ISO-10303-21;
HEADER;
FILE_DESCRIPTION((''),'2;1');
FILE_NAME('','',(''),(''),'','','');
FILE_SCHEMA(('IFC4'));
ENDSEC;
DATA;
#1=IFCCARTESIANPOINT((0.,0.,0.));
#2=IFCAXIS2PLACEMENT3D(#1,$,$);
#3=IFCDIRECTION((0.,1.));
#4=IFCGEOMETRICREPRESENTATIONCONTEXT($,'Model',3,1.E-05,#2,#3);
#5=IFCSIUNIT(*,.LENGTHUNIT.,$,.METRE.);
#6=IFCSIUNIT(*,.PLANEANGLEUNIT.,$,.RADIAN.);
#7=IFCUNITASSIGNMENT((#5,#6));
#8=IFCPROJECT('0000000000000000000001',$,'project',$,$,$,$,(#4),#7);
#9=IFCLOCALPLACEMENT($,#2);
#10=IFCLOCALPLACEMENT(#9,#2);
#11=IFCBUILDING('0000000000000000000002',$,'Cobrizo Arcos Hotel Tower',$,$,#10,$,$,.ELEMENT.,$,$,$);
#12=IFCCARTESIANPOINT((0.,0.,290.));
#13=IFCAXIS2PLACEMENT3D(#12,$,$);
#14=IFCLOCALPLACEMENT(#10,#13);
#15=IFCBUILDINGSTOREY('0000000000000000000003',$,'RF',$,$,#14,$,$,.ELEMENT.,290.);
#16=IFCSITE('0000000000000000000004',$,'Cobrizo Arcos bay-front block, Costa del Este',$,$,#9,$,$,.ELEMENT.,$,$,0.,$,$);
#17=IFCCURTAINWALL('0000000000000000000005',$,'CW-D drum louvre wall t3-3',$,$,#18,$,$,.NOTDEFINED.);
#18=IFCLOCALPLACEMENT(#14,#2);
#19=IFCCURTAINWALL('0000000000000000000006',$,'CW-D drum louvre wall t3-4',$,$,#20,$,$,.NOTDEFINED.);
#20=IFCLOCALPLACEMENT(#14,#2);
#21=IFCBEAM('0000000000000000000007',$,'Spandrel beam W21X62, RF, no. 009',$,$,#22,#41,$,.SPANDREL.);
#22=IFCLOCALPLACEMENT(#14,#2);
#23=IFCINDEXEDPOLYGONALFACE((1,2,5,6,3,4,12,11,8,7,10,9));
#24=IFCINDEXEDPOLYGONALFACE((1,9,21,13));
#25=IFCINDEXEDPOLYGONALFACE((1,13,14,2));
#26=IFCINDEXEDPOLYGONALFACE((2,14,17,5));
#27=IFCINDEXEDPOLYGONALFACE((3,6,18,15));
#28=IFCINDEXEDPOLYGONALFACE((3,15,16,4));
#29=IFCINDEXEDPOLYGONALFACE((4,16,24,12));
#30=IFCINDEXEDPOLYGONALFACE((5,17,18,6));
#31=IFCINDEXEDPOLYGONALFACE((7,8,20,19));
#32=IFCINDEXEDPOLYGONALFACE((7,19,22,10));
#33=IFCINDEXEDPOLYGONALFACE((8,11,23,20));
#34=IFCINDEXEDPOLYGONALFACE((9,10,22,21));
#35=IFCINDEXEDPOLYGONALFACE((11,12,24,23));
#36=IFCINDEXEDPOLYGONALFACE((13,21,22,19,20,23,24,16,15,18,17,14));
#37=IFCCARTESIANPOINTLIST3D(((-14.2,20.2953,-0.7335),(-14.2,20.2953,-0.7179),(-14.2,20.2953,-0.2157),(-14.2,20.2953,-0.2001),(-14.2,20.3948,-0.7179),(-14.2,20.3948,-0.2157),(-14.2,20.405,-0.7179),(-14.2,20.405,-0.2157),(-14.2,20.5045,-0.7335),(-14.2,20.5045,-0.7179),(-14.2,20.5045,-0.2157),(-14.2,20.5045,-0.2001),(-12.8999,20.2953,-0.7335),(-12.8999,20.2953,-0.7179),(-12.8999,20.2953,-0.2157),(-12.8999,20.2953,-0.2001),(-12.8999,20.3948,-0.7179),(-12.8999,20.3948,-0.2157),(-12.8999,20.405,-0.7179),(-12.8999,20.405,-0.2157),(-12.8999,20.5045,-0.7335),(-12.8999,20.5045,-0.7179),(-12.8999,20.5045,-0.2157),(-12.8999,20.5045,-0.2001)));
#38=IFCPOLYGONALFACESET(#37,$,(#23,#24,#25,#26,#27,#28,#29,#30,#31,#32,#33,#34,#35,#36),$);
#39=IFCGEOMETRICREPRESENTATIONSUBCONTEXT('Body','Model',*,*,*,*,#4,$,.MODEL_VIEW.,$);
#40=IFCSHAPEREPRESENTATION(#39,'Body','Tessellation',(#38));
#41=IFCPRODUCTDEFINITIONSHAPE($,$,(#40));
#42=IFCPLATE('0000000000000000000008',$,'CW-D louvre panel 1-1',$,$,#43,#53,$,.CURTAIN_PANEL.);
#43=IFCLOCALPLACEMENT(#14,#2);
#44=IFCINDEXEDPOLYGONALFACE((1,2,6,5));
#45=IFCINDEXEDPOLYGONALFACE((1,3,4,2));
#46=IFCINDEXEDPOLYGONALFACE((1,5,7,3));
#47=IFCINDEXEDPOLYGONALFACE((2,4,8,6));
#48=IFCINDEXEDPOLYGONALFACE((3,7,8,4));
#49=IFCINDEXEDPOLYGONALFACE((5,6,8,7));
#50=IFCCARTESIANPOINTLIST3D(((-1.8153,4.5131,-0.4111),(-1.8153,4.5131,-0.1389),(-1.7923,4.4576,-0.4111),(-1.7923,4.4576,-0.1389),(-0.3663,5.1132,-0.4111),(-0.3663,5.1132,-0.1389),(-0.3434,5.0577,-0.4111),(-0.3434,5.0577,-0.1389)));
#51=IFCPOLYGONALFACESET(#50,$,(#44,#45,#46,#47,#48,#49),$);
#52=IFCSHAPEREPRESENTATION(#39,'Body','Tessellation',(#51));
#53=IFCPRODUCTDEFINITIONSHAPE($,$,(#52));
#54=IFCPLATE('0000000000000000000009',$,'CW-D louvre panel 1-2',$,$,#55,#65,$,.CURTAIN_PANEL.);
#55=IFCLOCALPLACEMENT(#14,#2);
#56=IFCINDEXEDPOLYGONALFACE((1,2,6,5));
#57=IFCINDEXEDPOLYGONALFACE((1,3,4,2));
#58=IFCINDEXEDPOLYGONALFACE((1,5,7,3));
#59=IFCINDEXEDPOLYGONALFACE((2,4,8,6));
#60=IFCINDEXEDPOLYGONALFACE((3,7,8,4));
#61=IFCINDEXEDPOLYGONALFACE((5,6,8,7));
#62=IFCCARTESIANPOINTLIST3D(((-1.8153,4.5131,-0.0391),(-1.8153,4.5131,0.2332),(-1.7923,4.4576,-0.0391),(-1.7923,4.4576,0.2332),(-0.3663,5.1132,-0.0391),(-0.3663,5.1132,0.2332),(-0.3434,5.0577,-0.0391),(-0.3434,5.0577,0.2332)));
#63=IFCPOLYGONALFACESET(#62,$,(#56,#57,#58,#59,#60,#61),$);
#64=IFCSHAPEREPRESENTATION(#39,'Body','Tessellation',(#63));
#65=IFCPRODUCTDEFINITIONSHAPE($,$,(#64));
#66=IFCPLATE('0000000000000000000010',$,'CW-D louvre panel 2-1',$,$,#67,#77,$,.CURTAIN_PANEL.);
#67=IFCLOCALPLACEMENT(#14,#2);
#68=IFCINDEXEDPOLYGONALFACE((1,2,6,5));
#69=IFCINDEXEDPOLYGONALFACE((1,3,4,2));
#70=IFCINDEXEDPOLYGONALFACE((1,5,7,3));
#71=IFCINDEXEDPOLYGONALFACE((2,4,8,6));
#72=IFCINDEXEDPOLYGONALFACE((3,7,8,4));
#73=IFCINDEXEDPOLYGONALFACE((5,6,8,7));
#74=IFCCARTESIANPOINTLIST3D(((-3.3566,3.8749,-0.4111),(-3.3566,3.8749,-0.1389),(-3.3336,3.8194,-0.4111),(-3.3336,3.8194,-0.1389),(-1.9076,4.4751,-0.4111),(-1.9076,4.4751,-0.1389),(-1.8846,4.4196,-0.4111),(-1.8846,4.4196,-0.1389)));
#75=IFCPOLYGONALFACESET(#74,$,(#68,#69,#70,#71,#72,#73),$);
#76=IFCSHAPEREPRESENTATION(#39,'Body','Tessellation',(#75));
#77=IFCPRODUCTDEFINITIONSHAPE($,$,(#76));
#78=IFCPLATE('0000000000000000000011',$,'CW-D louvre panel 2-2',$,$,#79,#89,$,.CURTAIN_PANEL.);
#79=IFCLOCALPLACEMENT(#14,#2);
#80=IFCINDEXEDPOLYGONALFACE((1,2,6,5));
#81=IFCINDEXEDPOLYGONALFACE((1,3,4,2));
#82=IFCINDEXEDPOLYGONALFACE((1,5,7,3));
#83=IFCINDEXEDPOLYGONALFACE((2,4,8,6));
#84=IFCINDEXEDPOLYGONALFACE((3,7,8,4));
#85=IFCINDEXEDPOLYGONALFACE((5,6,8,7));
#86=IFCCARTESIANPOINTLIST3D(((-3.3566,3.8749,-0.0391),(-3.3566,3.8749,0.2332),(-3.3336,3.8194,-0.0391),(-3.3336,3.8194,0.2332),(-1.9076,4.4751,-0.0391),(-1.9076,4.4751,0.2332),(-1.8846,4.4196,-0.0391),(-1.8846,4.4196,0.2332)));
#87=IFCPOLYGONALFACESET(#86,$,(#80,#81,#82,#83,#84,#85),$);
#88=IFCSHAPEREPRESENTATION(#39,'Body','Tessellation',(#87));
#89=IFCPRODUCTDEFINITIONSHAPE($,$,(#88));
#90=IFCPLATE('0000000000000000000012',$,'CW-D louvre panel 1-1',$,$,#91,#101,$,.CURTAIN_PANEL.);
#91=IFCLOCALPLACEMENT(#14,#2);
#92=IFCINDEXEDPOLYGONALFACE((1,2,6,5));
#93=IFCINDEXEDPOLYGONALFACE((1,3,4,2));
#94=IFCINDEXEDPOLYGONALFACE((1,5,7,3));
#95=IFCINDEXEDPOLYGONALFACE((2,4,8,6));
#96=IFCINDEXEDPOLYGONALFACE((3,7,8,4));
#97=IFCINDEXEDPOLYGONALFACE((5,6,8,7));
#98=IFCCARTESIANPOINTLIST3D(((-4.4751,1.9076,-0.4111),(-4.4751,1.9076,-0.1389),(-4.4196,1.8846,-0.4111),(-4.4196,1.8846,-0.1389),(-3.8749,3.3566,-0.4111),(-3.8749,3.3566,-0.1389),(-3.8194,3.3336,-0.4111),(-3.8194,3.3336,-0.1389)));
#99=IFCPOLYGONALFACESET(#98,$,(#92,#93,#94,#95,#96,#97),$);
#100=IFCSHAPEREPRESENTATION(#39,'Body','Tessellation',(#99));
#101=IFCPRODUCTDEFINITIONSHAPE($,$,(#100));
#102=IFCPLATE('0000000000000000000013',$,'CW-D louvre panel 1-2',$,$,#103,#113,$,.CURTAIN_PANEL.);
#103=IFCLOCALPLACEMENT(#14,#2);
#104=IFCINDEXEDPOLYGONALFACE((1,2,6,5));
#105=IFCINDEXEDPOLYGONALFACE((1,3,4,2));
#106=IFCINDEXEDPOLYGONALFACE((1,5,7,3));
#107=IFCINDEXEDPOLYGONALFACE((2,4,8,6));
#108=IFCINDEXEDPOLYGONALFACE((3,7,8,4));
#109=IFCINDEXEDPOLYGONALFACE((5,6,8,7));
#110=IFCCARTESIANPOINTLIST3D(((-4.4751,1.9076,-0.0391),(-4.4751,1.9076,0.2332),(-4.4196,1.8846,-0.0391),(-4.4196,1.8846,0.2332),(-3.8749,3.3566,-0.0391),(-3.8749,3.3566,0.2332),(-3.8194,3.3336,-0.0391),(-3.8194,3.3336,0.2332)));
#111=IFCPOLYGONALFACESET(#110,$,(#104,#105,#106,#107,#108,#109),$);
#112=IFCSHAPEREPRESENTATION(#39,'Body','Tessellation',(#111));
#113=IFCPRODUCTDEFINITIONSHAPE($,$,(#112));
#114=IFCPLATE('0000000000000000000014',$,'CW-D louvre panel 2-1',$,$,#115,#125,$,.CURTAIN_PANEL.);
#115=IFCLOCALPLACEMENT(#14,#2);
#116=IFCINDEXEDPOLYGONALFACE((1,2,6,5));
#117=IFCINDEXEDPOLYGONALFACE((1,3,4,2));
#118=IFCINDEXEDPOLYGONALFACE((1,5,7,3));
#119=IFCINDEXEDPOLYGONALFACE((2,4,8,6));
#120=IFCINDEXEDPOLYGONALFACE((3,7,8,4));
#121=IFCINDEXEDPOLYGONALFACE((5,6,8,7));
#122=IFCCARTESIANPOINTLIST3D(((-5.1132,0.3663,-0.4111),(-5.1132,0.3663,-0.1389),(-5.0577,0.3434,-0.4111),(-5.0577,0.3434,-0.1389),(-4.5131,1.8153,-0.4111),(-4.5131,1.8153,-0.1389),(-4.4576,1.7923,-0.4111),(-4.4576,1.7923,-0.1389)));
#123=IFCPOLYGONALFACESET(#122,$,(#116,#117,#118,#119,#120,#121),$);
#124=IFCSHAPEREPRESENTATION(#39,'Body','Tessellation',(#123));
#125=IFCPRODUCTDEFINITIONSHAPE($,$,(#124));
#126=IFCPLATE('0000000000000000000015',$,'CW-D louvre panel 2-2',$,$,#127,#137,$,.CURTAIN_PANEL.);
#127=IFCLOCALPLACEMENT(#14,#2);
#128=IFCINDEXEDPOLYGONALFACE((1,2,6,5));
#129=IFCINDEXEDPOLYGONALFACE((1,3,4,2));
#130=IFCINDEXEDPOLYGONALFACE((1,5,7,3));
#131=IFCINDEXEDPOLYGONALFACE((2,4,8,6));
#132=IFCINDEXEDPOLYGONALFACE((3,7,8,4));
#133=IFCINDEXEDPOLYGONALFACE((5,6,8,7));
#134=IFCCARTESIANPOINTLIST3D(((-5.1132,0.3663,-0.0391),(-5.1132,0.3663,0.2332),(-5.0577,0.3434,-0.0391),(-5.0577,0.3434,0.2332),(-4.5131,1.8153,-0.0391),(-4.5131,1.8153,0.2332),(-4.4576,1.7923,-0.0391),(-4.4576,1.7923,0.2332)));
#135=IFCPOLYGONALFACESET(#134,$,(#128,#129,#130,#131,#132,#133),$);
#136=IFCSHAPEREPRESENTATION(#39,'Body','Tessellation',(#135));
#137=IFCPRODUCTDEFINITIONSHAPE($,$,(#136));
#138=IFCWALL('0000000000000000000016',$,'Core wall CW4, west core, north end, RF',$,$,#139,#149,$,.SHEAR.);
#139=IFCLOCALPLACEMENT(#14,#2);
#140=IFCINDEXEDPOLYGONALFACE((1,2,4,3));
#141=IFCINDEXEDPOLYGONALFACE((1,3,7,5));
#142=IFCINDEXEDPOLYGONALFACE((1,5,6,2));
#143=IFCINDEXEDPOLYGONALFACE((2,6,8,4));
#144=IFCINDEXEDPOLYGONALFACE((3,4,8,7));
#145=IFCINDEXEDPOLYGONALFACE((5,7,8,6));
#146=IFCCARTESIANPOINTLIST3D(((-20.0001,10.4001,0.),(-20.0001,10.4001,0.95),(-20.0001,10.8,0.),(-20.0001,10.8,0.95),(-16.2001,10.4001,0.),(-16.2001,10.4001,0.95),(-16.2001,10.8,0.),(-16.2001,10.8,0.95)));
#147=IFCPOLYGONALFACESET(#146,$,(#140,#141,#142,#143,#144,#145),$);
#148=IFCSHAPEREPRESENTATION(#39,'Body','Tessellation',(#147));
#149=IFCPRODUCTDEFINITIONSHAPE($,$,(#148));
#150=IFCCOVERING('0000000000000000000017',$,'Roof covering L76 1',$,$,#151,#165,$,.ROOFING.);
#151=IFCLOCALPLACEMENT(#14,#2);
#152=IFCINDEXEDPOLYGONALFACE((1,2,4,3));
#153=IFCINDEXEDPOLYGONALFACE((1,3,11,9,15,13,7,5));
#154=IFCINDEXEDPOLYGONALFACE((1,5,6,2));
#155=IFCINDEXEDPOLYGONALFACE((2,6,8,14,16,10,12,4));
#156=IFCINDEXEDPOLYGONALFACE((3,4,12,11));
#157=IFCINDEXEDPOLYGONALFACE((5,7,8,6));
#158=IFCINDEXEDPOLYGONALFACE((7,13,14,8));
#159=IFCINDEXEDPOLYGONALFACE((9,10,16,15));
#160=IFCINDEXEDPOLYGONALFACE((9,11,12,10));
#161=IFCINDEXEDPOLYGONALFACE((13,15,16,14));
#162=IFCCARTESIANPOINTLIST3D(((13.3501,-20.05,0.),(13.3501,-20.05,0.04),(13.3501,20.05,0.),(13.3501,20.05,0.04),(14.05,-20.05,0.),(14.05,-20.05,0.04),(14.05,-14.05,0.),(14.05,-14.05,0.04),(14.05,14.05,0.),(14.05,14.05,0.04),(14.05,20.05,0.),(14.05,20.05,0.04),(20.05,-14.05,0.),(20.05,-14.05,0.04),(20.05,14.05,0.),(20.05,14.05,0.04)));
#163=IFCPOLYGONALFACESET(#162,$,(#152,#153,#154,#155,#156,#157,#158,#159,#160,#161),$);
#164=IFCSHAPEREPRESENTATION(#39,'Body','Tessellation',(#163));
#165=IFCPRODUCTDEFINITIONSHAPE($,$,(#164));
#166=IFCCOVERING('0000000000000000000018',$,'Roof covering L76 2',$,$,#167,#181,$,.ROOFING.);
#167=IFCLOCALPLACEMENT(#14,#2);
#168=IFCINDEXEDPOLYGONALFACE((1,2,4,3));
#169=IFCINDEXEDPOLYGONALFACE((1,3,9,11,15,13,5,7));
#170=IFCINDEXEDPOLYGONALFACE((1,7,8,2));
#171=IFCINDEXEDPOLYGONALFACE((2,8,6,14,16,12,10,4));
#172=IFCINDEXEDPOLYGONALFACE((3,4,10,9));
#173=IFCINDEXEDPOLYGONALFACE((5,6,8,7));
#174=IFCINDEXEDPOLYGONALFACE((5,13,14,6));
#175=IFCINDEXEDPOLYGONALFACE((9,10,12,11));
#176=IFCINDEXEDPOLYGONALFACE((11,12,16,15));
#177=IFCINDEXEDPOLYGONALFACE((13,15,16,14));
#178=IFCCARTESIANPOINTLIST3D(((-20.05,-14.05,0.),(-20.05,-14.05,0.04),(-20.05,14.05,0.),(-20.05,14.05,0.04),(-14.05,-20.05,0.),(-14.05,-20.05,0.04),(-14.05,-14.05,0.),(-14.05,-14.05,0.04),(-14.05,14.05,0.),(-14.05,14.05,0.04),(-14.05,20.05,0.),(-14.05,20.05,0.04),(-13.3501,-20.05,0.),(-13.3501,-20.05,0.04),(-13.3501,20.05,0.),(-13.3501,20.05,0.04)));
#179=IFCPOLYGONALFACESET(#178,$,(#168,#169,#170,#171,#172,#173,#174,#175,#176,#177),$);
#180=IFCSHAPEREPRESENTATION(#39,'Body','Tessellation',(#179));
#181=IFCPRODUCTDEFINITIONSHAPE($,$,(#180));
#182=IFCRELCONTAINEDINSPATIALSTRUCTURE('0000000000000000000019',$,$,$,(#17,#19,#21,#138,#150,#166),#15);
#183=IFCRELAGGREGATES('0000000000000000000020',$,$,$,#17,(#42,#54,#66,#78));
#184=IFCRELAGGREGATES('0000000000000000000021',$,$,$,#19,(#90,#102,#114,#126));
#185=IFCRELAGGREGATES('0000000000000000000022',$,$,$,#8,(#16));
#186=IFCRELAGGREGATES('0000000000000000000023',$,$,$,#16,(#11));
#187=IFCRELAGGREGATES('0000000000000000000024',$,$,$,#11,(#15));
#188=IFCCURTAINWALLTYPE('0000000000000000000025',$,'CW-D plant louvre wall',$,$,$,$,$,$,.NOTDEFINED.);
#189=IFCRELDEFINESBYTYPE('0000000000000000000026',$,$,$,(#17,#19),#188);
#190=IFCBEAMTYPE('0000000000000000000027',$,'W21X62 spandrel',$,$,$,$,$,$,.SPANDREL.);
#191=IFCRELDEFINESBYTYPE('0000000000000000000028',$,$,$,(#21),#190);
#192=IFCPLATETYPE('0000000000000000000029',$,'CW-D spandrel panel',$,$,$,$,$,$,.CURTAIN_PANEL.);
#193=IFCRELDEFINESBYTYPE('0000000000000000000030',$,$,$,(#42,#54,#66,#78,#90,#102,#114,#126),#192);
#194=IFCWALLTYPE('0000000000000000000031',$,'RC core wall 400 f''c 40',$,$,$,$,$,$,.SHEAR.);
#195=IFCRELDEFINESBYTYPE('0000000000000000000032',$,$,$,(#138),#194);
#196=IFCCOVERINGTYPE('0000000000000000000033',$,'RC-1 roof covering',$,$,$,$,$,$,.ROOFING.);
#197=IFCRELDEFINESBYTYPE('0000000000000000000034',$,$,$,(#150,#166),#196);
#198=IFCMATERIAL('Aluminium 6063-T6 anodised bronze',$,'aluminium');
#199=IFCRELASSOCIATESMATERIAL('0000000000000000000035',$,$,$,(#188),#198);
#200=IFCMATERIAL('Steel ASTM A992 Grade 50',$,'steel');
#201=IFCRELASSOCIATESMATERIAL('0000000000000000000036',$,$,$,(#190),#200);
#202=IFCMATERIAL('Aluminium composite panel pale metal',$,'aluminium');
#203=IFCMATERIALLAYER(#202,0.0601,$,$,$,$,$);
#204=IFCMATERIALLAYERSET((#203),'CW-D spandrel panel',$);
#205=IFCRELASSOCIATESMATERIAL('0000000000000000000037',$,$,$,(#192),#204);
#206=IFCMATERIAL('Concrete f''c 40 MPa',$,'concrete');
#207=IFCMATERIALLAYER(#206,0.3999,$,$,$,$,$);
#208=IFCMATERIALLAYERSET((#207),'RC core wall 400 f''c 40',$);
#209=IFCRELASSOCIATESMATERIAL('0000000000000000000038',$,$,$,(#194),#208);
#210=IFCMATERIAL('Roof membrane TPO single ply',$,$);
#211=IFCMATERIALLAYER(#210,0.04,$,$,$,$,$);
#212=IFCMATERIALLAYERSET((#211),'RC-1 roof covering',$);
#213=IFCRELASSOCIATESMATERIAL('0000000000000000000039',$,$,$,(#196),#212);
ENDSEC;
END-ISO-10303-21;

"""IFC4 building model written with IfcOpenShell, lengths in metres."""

from ifc_helpers import new_model, si_unit, direction, frame, frame_2d, origin, origin_2d, place, context, subcontext, project, spatial, polyline, rectangle, i_section, outline, extrude, material, layer, layer_set, material_profile, profile_set, type_object, element, aggregate, save


model = new_model("IFC4")

# Units and contexts
model_context = context("Model", 3, precision=1e-05, world=origin(), true_north=direction((0.0, 1.0)))
body_context = subcontext(model_context, "Body", "Model", "MODEL_VIEW")
ifc_project = project(units=[si_unit("LENGTHUNIT", "METRE"), si_unit("PLANEANGLEUNIT", "RADIAN")], contexts=[model_context])

# Site, building, storey
site_placement = place(None, origin())
site = spatial("IfcSite", under=ifc_project, at=site_placement, Name="Cobrizo Arcos bay-front block, Costa del Este", CompositionType="ELEMENT", RefElevation=0.0)
building_placement = place(site_placement, origin())
building = spatial("IfcBuilding", under=site, at=building_placement, Name="Cobrizo Arcos Hotel Tower", CompositionType="ELEMENT")
storey_placement = place(building_placement, frame((0.0, 0.0, 290.0)))
storey = spatial("IfcBuildingStorey", under=building, at=storey_placement, Name="RF", CompositionType="ELEMENT", Elevation=290.0)

# Curtain walls
ifc_material_1 = material(Name="Aluminium 6063-T6 anodised bronze", Category="aluminium")
curtain_wall_type = type_object("IfcCurtainWallType", Name="CW-D plant louvre wall", PredefinedType="NOTDEFINED", material=ifc_material_1)
curtain_wall_1_placement = place(storey_placement, origin())
curtain_wall_1 = element("IfcCurtainWall", 1, at=curtain_wall_1_placement, inside=storey, type_object=curtain_wall_type, Name="CW-D drum louvre wall t3-3", PredefinedType="NOTDEFINED")
curtain_wall_2_placement = place(storey_placement, origin())
curtain_wall_2 = element("IfcCurtainWall", 2, at=curtain_wall_2_placement, inside=storey, type_object=curtain_wall_type, Name="CW-D drum louvre wall t3-4", PredefinedType="NOTDEFINED")

# Beam
ifc_material_2 = material(Name="Steel ASTM A992 Grade 50", Category="steel")
ifc_material_profile_1 = material_profile(ifc_material_2, i_section(OverallWidth=0.2092, OverallDepth=0.5334, WebThickness=0.0103, FlangeThickness=0.0156, at=origin_2d()), Name="W21X62")
ifc_profile_set_1 = profile_set([ifc_material_profile_1], Name="Steel ASTM A992 Grade 50")
beam_type_1 = type_object("IfcBeamType", Name="W21X62 spandrel", PredefinedType="SPANDREL", material=ifc_profile_set_1)
beam_1_placement = place(storey_placement, frame((-14.2, 20.3999, -0.4668), z_axis=(1.0, 0.0, 0.0), x_axis=(0.0, 1.0, 0.0)))
element("IfcBeam", 3, at=beam_1_placement, inside=storey, type_object=beam_type_1, Name="Spandrel beam W21X62, RF, no. 009", PredefinedType="SPANDREL", context=body_context, shape_type="SweptSolid", body=[
    extrude(i_section(OverallWidth=0.2092, OverallDepth=0.5334, WebThickness=0.0103, FlangeThickness=0.0156, at=origin_2d()), origin(), (0.0, 0.0, 1.0), 1.3),
])

# Plates
ifc_material_3 = material(Name="Aluminium composite panel pale metal", Category="aluminium")
ifc_layer_1 = layer(ifc_material_3, 0.0601)
ifc_layer_set_1 = layer_set([ifc_layer_1], Name="CW-D spandrel panel")
plate_type = type_object("IfcPlateType", Name="CW-D spandrel panel", PredefinedType="CURTAIN_PANEL", material=ifc_layer_set_1)
plate_1_placement = place(storey_placement, frame((-1.0793, 4.7854, -0.4111), z_axis=(0.0, 0.0, 1.0), x_axis=(-0.92388, -0.382683, 0.0)))
plate_1 = element("IfcPlate", 4, at=plate_1_placement, type_object=plate_type, Name="CW-D louvre panel 1-1", PredefinedType="CURTAIN_PANEL", context=body_context, shape_type="SweptSolid", body=[
    extrude(rectangle(XDim=1.5684, YDim=0.0601, at=origin_2d()), origin(), (0.0, 0.0, 1.0), 0.2722),
])
plate_2_placement = place(storey_placement, frame((-1.0793, 4.7854, -0.0391), z_axis=(0.0, 0.0, 1.0), x_axis=(-0.92388, -0.382683, 0.0)))
plate_2 = element("IfcPlate", 5, at=plate_2_placement, type_object=plate_type, Name="CW-D louvre panel 1-2", PredefinedType="CURTAIN_PANEL", context=body_context, shape_type="SweptSolid", body=[
    extrude(rectangle(XDim=1.5684, YDim=0.0601, at=origin_2d()), origin(), (0.0, 0.0, 1.0), 0.2722),
])
plate_3_placement = place(storey_placement, frame((-2.6206, 4.1472, -0.4111), z_axis=(0.0, 0.0, 1.0), x_axis=(-0.92388, -0.382683, 0.0)))
plate_3 = element("IfcPlate", 6, at=plate_3_placement, type_object=plate_type, Name="CW-D louvre panel 2-1", PredefinedType="CURTAIN_PANEL", context=body_context, shape_type="SweptSolid", body=[
    extrude(rectangle(XDim=1.5684, YDim=0.0601, at=origin_2d()), origin(), (0.0, 0.0, 1.0), 0.2722),
])
plate_4_placement = place(storey_placement, frame((-2.6206, 4.1472, -0.0391), z_axis=(0.0, 0.0, 1.0), x_axis=(-0.92388, -0.382683, 0.0)))
plate_4 = element("IfcPlate", 7, at=plate_4_placement, type_object=plate_type, Name="CW-D louvre panel 2-2", PredefinedType="CURTAIN_PANEL", context=body_context, shape_type="SweptSolid", body=[
    extrude(rectangle(XDim=1.5684, YDim=0.0601, at=origin_2d()), origin(), (0.0, 0.0, 1.0), 0.2722),
])
aggregate(curtain_wall_1, [plate_1, plate_2, plate_3, plate_4])
plate_5_placement = place(storey_placement, frame((-4.1472, 2.6206, -0.4111), z_axis=(0.0, 0.0, 1.0), x_axis=(-0.382683, -0.92388, 0.0)))
plate_5 = element("IfcPlate", 8, at=plate_5_placement, type_object=plate_type, Name="CW-D louvre panel 1-1", PredefinedType="CURTAIN_PANEL", context=body_context, shape_type="SweptSolid", body=[
    extrude(rectangle(XDim=1.5684, YDim=0.0601, at=origin_2d()), origin(), (0.0, 0.0, 1.0), 0.2722),
])
plate_6_placement = place(storey_placement, frame((-4.1472, 2.6206, -0.0391), z_axis=(0.0, 0.0, 1.0), x_axis=(-0.382683, -0.92388, 0.0)))
plate_6 = element("IfcPlate", 9, at=plate_6_placement, type_object=plate_type, Name="CW-D louvre panel 1-2", PredefinedType="CURTAIN_PANEL", context=body_context, shape_type="SweptSolid", body=[
    extrude(rectangle(XDim=1.5684, YDim=0.0601, at=origin_2d()), origin(), (0.0, 0.0, 1.0), 0.2722),
])
plate_7_placement = place(storey_placement, frame((-4.7854, 1.0793, -0.4111), z_axis=(0.0, 0.0, 1.0), x_axis=(-0.382683, -0.92388, 0.0)))
plate_7 = element("IfcPlate", 10, at=plate_7_placement, type_object=plate_type, Name="CW-D louvre panel 2-1", PredefinedType="CURTAIN_PANEL", context=body_context, shape_type="SweptSolid", body=[
    extrude(rectangle(XDim=1.5684, YDim=0.0601, at=origin_2d()), origin(), (0.0, 0.0, 1.0), 0.2722),
])
plate_8_placement = place(storey_placement, frame((-4.7854, 1.0793, -0.0391), z_axis=(0.0, 0.0, 1.0), x_axis=(-0.382683, -0.92388, 0.0)))
plate_8 = element("IfcPlate", 11, at=plate_8_placement, type_object=plate_type, Name="CW-D louvre panel 2-2", PredefinedType="CURTAIN_PANEL", context=body_context, shape_type="SweptSolid", body=[
    extrude(rectangle(XDim=1.5684, YDim=0.0601, at=origin_2d()), origin(), (0.0, 0.0, 1.0), 0.2722),
])
aggregate(curtain_wall_2, [plate_5, plate_6, plate_7, plate_8])

# Wall
ifc_material_4 = material(Name="Concrete f'c 40 MPa", Category="concrete")
ifc_layer_2 = layer(ifc_material_4, 0.3999)
ifc_layer_set_2 = layer_set([ifc_layer_2], Name="RC core wall 400 f'c 40")
wall_type = type_object("IfcWallType", Name="RC core wall 400 f'c 40", PredefinedType="SHEAR", material=ifc_layer_set_2)
wall_placement = place(storey_placement, frame((-20.0, 10.6001, 0.0), z_axis=(0.0, 0.0, 1.0), x_axis=(1.0, 0.0, 0.0)))
element("IfcWall", 12, at=wall_placement, inside=storey, type_object=wall_type, Name="Core wall CW4, west core, north end, RF", PredefinedType="SHEAR", context=body_context, shape_type="SweptSolid", body=[
    extrude(rectangle(XDim=3.8, YDim=0.3999, at=frame_2d((1.8999, 0.0))), origin(), (0.0, 0.0, 1.0), 0.95),
])

# Coverings
ifc_material_5 = material(Name="Roof membrane TPO single ply")
ifc_layer_3 = layer(ifc_material_5, 0.04)
ifc_layer_set_3 = layer_set([ifc_layer_3], Name="RC-1 roof covering")
covering_type = type_object("IfcCoveringType", Name="RC-1 roof covering", PredefinedType="ROOFING", material=ifc_layer_set_3)
covering_1_placement = place(storey_placement, origin())
element("IfcCovering", 13, at=covering_1_placement, inside=storey, type_object=covering_type, Name="Roof covering L76 1", PredefinedType="ROOFING", context=body_context, shape_type="SweptSolid", body=[
    extrude(outline(polyline([(14.05, 20.05), (14.05, 14.05), (20.05, 14.05), (20.05, -14.05), (14.05, -14.05), (14.05, -20.05), (13.3501, -20.05), (13.3501, 20.05), (14.05, 20.05)])), origin(), (0.0, 0.0, 1.0), 0.04),
])
covering_2_placement = place(storey_placement, origin())
element("IfcCovering", 14, at=covering_2_placement, inside=storey, type_object=covering_type, Name="Roof covering L76 2", PredefinedType="ROOFING", context=body_context, shape_type="SweptSolid", body=[
    extrude(outline(polyline([(-14.05, -20.05), (-14.05, -14.05), (-20.05, -14.05), (-20.05, 14.05), (-14.05, 14.05), (-14.05, 20.05), (-13.3501, 20.05), (-13.3501, -20.05), (-14.05, -20.05)])), origin(), (0.0, 0.0, 1.0), 0.04),
])

save(model, "model.ifc")
